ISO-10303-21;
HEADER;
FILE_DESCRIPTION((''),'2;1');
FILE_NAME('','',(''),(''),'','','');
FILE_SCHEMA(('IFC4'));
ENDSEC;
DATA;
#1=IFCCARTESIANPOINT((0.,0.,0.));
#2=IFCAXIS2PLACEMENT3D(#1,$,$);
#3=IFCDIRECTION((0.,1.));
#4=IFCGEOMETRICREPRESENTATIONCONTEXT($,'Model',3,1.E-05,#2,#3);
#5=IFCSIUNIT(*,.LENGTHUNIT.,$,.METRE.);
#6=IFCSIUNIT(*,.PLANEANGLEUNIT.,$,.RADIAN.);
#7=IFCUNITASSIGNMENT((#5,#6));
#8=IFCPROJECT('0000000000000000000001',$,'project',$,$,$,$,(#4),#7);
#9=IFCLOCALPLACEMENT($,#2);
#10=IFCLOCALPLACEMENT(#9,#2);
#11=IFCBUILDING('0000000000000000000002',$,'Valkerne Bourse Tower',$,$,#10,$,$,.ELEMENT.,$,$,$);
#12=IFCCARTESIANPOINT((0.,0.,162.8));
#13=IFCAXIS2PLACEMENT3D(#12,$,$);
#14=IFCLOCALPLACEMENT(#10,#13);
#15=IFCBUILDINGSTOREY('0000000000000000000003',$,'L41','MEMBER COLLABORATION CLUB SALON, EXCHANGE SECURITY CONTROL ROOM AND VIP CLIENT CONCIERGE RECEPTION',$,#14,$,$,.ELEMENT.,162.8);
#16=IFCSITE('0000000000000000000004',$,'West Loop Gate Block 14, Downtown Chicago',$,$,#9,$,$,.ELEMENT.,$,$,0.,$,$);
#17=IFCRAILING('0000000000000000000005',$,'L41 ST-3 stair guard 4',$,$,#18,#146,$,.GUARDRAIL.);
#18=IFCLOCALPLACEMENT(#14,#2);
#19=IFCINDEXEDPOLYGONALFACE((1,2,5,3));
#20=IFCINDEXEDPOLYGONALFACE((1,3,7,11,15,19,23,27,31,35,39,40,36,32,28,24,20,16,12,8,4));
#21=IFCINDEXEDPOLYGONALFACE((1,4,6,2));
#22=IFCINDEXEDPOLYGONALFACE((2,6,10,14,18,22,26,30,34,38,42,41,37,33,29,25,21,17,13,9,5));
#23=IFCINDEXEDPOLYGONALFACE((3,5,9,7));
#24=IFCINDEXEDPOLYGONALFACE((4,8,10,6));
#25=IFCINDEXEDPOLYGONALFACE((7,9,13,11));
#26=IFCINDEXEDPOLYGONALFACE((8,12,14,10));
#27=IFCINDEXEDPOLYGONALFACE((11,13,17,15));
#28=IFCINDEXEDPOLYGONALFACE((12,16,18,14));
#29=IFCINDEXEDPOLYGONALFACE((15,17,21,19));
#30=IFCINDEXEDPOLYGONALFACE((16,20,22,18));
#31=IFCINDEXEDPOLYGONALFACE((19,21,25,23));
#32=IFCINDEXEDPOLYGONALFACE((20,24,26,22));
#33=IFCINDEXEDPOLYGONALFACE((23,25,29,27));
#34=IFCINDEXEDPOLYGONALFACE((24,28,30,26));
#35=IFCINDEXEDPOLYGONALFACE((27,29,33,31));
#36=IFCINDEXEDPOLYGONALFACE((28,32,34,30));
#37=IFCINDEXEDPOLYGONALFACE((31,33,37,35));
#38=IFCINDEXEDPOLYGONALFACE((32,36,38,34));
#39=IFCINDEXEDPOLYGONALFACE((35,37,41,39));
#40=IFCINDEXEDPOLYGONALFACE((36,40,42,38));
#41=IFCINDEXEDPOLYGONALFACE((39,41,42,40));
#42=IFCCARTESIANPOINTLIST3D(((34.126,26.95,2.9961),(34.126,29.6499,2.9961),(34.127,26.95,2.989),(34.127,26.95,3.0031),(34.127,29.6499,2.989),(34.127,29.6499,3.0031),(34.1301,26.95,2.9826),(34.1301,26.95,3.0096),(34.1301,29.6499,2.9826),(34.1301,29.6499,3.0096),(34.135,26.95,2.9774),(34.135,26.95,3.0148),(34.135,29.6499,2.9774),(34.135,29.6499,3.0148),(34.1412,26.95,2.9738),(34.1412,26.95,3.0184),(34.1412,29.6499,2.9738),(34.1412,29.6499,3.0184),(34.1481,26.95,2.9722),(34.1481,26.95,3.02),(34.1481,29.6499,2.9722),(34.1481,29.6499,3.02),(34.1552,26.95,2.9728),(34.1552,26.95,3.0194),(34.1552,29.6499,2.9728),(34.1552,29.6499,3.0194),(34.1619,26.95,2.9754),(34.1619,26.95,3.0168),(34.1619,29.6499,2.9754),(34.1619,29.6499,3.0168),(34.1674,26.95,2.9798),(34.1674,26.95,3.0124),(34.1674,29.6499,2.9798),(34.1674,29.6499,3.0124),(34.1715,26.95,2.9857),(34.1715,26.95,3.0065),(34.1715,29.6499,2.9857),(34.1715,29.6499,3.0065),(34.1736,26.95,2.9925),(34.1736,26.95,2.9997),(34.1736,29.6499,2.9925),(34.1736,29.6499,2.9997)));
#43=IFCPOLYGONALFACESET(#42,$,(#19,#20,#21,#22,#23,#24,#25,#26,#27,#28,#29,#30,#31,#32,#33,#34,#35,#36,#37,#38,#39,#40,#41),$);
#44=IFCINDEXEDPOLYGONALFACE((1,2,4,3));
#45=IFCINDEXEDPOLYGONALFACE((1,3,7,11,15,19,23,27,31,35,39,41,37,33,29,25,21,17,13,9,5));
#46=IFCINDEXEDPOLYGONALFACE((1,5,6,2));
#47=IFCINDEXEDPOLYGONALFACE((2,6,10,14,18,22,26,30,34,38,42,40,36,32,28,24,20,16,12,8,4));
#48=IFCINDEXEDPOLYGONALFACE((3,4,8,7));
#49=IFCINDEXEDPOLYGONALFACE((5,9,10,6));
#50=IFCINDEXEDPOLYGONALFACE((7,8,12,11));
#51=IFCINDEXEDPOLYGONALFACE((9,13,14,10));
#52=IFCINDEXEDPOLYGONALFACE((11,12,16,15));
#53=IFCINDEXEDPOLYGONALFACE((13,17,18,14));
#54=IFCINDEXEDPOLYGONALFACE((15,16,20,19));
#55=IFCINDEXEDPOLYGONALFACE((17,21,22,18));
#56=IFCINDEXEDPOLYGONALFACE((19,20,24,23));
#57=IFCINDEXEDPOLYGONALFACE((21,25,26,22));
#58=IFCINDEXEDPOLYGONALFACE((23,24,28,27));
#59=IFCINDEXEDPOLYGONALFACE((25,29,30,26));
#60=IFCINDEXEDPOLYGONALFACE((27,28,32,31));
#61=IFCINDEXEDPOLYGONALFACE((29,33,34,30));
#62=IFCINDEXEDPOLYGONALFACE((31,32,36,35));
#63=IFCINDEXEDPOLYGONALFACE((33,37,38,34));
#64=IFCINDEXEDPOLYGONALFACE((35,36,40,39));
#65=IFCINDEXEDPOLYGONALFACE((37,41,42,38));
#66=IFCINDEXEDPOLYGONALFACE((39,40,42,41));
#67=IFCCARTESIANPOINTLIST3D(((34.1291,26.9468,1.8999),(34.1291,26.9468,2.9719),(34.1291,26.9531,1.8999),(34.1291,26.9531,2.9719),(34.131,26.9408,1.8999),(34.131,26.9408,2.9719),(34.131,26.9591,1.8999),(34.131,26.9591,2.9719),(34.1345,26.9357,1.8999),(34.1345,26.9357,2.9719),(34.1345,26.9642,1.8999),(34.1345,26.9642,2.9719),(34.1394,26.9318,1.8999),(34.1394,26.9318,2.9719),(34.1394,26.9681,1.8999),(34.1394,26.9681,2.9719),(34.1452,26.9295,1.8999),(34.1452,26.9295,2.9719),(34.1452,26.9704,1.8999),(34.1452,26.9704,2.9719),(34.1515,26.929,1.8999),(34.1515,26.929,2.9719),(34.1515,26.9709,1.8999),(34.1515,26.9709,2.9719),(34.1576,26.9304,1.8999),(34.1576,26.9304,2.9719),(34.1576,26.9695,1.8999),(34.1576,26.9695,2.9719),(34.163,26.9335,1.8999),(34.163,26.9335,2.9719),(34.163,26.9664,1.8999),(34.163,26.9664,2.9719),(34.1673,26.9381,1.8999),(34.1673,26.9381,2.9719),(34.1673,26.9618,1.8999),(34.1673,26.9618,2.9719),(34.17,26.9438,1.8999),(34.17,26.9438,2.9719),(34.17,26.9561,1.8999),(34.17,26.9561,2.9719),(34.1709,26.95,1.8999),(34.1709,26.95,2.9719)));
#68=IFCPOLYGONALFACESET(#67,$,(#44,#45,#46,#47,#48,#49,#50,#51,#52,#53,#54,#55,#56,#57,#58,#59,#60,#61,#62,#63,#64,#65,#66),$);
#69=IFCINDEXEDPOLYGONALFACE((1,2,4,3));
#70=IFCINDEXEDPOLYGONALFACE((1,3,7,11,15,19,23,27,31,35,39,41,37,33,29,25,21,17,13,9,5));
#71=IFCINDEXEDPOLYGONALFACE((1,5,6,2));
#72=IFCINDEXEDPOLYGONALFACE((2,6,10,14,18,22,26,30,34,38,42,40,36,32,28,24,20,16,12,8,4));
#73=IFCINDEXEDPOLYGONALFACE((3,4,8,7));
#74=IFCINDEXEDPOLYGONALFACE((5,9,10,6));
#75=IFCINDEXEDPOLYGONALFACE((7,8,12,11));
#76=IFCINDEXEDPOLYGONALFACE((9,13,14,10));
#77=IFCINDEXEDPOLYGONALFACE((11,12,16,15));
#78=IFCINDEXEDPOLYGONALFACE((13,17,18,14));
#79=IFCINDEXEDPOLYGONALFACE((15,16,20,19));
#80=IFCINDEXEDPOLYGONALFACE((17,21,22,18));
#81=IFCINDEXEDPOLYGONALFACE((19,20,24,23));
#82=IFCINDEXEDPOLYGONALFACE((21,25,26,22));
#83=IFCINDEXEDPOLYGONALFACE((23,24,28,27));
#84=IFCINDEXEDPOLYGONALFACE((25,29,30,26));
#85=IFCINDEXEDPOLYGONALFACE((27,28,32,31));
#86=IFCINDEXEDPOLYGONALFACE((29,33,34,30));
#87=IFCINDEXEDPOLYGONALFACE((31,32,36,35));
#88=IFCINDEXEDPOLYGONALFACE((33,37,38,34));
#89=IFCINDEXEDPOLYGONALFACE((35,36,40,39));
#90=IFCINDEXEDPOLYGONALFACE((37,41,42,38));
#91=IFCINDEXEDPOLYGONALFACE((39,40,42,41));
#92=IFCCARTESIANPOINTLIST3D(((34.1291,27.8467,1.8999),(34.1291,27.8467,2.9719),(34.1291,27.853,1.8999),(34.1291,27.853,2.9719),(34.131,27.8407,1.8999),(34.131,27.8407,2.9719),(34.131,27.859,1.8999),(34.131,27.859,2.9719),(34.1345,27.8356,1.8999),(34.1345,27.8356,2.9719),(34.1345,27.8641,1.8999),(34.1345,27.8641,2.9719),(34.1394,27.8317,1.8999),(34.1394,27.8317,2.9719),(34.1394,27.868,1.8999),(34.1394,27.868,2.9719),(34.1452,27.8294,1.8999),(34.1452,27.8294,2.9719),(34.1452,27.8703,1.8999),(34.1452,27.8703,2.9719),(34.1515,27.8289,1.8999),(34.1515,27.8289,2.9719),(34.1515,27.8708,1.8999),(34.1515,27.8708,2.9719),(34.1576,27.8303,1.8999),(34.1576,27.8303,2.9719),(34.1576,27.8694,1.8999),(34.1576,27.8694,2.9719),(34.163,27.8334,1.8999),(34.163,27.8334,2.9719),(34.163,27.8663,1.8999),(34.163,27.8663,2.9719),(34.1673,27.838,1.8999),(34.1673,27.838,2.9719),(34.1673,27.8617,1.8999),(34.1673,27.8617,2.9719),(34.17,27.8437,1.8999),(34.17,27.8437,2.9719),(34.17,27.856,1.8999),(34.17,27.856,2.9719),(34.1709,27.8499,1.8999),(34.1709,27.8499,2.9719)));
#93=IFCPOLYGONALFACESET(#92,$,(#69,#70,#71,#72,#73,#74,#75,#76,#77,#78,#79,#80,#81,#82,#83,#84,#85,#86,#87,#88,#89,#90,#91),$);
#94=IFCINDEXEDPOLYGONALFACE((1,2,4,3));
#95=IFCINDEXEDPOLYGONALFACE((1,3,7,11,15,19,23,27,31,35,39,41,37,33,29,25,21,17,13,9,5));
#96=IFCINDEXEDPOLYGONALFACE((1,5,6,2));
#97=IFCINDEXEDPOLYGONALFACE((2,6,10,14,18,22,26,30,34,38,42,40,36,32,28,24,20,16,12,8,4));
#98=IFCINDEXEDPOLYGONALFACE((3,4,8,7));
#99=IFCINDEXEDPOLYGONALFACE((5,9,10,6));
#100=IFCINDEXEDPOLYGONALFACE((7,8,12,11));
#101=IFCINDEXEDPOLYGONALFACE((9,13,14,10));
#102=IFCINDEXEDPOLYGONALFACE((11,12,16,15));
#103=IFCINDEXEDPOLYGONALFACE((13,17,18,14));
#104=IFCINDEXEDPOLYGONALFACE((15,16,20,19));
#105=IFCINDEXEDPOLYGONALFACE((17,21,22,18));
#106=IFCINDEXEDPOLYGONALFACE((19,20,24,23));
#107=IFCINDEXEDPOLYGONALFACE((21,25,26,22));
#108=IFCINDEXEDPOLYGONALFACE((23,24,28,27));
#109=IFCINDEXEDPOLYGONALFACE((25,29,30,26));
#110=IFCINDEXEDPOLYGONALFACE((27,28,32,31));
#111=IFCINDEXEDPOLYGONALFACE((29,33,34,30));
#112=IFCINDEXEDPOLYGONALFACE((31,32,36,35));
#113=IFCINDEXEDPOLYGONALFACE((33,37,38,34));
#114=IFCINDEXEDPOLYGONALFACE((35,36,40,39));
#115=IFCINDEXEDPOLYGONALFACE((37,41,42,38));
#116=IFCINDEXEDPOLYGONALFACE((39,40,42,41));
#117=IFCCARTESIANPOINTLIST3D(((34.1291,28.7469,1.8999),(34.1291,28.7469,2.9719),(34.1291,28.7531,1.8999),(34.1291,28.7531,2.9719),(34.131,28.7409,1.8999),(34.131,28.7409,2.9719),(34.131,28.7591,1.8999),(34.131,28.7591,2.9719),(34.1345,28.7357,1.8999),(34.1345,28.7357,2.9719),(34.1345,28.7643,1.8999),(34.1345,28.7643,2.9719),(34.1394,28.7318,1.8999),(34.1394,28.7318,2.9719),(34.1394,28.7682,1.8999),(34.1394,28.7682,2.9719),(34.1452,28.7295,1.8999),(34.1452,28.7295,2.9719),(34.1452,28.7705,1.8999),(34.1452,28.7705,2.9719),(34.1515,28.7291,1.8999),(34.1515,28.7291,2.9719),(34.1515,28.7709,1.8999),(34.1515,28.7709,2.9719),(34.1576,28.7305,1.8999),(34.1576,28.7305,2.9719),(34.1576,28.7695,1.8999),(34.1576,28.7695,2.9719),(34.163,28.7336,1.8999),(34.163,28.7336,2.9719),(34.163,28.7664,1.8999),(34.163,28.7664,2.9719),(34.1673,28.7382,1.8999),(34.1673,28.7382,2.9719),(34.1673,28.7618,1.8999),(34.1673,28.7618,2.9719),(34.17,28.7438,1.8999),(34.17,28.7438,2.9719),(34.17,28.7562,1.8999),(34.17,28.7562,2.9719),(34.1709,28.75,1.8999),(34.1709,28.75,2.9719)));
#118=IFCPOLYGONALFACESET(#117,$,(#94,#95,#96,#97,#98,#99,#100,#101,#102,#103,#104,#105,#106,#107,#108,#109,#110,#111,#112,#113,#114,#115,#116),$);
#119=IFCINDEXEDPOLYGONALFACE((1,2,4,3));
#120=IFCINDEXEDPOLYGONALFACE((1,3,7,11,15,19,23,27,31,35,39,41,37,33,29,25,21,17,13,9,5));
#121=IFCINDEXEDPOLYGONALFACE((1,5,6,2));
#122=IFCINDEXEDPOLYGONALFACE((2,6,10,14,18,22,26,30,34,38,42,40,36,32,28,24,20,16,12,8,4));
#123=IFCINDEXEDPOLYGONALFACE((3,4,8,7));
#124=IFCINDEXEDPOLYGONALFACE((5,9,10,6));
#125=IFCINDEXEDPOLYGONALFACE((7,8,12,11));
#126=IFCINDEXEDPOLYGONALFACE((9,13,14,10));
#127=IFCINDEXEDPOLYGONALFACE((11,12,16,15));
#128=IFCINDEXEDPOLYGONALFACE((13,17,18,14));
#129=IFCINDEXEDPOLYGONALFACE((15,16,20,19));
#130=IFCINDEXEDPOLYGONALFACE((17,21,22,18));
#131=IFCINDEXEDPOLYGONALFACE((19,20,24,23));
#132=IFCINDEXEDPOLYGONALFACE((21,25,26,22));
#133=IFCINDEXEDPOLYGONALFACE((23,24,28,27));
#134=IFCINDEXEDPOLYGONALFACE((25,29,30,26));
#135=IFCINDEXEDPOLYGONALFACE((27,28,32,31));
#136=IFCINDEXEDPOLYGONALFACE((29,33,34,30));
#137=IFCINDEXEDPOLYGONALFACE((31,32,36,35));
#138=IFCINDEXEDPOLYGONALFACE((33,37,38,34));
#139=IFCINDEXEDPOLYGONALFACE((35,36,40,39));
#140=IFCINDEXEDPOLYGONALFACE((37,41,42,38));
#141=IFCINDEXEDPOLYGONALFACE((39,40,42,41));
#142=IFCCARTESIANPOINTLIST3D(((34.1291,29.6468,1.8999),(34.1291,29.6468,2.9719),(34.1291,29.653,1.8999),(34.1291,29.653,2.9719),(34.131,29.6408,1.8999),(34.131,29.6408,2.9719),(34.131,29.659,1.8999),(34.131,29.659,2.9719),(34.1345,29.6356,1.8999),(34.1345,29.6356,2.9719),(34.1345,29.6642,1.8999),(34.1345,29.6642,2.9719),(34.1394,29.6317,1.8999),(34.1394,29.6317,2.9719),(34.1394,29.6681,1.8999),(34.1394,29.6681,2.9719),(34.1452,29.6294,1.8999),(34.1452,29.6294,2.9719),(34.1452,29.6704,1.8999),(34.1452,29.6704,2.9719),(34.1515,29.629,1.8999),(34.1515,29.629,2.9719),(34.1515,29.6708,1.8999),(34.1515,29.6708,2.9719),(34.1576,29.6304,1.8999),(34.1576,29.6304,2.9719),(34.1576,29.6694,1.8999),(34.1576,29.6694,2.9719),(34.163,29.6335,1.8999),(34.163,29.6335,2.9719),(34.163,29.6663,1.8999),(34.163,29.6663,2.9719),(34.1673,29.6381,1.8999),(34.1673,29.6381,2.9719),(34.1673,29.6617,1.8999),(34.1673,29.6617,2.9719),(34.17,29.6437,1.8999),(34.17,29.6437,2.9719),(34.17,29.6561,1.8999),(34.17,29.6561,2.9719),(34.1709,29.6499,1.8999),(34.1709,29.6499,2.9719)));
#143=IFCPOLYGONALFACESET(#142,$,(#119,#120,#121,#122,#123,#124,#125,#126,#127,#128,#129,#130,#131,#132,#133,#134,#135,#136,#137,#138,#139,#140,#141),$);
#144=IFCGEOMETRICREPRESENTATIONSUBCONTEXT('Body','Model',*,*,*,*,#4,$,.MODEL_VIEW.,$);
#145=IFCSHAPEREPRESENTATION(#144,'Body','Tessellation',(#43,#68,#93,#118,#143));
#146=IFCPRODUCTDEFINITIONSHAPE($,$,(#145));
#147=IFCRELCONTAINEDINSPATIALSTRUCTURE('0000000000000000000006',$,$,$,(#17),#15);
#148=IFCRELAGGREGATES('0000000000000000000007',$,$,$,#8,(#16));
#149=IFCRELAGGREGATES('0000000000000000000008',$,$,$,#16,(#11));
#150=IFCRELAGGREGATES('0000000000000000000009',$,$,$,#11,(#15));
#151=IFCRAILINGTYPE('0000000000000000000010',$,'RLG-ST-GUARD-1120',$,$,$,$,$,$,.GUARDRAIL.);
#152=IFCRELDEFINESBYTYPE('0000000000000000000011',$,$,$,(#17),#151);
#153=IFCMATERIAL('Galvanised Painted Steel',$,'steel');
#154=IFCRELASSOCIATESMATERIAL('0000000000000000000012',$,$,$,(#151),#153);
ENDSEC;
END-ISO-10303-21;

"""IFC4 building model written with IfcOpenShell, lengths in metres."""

from ifc_helpers import new_model, si_unit, direction, frame, origin, origin_2d, place, context, subcontext, project, spatial, circle, extrude, material, type_object, element, save


model = new_model("IFC4")

# Units and contexts
model_context = context("Model", 3, precision=1e-05, world=origin(), true_north=direction((0.0, 1.0)))
body_context = subcontext(model_context, "Body", "Model", "MODEL_VIEW")
ifc_project = project(units=[si_unit("LENGTHUNIT", "METRE"), si_unit("PLANEANGLEUNIT", "RADIAN")], contexts=[model_context])

# Site, building, storey
site_placement = place(None, origin())
site = spatial("IfcSite", under=ifc_project, at=site_placement, Name="West Loop Gate Block 14, Downtown Chicago", CompositionType="ELEMENT", RefElevation=0.0)
building_placement = place(site_placement, origin())
building = spatial("IfcBuilding", under=site, at=building_placement, Name="Valkerne Bourse Tower", CompositionType="ELEMENT")
storey_placement = place(building_placement, frame((0.0, 0.0, 162.8)))
storey = spatial("IfcBuildingStorey", under=building, at=storey_placement, Name="L41", Description="MEMBER COLLABORATION CLUB SALON, EXCHANGE SECURITY CONTROL ROOM AND VIP CLIENT CONCIERGE RECEPTION", CompositionType="ELEMENT", Elevation=162.8)

# Railing
ifc_material_1 = material(Name="Galvanised Painted Steel", Category="steel")
railing_type_1 = type_object("IfcRailingType", Name="RLG-ST-GUARD-1120", PredefinedType="GUARDRAIL", material=ifc_material_1)
for number, where, name in (
    (1, (34.1499, 26.95, 1.8999), "L41 ST-3 stair guard 4"),
):
    element("IfcRailing", number, at=place(storey_placement, frame(where)), inside=storey, type_object=railing_type_1, Name=name, PredefinedType="GUARDRAIL", context=body_context, shape_type="SweptSolid", body=[
        extrude(circle(Radius=0.0239, at=origin_2d()), frame((0.0, 0.0, 1.0962), z_axis=(0.0, 1.0, 0.0), x_axis=(-1.0, 0.0, 0.0)), (0.0, 0.0, 1.0), 2.7),
        extrude(circle(Radius=0.021, at=origin_2d()), origin(), (0.0, 0.0, 1.0), 1.072),
        extrude(circle(Radius=0.021, at=origin_2d()), frame((0.0, 0.8999, 0.0)), (0.0, 0.0, 1.0), 1.072),
        extrude(circle(Radius=0.021, at=origin_2d()), frame((0.0, 1.8, 0.0)), (0.0, 0.0, 1.0), 1.072),
        extrude(circle(Radius=0.021, at=origin_2d()), frame((0.0, 2.7, 0.0)), (0.0, 0.0, 1.0), 1.072),
    ])

save(model, "model.ifc")
